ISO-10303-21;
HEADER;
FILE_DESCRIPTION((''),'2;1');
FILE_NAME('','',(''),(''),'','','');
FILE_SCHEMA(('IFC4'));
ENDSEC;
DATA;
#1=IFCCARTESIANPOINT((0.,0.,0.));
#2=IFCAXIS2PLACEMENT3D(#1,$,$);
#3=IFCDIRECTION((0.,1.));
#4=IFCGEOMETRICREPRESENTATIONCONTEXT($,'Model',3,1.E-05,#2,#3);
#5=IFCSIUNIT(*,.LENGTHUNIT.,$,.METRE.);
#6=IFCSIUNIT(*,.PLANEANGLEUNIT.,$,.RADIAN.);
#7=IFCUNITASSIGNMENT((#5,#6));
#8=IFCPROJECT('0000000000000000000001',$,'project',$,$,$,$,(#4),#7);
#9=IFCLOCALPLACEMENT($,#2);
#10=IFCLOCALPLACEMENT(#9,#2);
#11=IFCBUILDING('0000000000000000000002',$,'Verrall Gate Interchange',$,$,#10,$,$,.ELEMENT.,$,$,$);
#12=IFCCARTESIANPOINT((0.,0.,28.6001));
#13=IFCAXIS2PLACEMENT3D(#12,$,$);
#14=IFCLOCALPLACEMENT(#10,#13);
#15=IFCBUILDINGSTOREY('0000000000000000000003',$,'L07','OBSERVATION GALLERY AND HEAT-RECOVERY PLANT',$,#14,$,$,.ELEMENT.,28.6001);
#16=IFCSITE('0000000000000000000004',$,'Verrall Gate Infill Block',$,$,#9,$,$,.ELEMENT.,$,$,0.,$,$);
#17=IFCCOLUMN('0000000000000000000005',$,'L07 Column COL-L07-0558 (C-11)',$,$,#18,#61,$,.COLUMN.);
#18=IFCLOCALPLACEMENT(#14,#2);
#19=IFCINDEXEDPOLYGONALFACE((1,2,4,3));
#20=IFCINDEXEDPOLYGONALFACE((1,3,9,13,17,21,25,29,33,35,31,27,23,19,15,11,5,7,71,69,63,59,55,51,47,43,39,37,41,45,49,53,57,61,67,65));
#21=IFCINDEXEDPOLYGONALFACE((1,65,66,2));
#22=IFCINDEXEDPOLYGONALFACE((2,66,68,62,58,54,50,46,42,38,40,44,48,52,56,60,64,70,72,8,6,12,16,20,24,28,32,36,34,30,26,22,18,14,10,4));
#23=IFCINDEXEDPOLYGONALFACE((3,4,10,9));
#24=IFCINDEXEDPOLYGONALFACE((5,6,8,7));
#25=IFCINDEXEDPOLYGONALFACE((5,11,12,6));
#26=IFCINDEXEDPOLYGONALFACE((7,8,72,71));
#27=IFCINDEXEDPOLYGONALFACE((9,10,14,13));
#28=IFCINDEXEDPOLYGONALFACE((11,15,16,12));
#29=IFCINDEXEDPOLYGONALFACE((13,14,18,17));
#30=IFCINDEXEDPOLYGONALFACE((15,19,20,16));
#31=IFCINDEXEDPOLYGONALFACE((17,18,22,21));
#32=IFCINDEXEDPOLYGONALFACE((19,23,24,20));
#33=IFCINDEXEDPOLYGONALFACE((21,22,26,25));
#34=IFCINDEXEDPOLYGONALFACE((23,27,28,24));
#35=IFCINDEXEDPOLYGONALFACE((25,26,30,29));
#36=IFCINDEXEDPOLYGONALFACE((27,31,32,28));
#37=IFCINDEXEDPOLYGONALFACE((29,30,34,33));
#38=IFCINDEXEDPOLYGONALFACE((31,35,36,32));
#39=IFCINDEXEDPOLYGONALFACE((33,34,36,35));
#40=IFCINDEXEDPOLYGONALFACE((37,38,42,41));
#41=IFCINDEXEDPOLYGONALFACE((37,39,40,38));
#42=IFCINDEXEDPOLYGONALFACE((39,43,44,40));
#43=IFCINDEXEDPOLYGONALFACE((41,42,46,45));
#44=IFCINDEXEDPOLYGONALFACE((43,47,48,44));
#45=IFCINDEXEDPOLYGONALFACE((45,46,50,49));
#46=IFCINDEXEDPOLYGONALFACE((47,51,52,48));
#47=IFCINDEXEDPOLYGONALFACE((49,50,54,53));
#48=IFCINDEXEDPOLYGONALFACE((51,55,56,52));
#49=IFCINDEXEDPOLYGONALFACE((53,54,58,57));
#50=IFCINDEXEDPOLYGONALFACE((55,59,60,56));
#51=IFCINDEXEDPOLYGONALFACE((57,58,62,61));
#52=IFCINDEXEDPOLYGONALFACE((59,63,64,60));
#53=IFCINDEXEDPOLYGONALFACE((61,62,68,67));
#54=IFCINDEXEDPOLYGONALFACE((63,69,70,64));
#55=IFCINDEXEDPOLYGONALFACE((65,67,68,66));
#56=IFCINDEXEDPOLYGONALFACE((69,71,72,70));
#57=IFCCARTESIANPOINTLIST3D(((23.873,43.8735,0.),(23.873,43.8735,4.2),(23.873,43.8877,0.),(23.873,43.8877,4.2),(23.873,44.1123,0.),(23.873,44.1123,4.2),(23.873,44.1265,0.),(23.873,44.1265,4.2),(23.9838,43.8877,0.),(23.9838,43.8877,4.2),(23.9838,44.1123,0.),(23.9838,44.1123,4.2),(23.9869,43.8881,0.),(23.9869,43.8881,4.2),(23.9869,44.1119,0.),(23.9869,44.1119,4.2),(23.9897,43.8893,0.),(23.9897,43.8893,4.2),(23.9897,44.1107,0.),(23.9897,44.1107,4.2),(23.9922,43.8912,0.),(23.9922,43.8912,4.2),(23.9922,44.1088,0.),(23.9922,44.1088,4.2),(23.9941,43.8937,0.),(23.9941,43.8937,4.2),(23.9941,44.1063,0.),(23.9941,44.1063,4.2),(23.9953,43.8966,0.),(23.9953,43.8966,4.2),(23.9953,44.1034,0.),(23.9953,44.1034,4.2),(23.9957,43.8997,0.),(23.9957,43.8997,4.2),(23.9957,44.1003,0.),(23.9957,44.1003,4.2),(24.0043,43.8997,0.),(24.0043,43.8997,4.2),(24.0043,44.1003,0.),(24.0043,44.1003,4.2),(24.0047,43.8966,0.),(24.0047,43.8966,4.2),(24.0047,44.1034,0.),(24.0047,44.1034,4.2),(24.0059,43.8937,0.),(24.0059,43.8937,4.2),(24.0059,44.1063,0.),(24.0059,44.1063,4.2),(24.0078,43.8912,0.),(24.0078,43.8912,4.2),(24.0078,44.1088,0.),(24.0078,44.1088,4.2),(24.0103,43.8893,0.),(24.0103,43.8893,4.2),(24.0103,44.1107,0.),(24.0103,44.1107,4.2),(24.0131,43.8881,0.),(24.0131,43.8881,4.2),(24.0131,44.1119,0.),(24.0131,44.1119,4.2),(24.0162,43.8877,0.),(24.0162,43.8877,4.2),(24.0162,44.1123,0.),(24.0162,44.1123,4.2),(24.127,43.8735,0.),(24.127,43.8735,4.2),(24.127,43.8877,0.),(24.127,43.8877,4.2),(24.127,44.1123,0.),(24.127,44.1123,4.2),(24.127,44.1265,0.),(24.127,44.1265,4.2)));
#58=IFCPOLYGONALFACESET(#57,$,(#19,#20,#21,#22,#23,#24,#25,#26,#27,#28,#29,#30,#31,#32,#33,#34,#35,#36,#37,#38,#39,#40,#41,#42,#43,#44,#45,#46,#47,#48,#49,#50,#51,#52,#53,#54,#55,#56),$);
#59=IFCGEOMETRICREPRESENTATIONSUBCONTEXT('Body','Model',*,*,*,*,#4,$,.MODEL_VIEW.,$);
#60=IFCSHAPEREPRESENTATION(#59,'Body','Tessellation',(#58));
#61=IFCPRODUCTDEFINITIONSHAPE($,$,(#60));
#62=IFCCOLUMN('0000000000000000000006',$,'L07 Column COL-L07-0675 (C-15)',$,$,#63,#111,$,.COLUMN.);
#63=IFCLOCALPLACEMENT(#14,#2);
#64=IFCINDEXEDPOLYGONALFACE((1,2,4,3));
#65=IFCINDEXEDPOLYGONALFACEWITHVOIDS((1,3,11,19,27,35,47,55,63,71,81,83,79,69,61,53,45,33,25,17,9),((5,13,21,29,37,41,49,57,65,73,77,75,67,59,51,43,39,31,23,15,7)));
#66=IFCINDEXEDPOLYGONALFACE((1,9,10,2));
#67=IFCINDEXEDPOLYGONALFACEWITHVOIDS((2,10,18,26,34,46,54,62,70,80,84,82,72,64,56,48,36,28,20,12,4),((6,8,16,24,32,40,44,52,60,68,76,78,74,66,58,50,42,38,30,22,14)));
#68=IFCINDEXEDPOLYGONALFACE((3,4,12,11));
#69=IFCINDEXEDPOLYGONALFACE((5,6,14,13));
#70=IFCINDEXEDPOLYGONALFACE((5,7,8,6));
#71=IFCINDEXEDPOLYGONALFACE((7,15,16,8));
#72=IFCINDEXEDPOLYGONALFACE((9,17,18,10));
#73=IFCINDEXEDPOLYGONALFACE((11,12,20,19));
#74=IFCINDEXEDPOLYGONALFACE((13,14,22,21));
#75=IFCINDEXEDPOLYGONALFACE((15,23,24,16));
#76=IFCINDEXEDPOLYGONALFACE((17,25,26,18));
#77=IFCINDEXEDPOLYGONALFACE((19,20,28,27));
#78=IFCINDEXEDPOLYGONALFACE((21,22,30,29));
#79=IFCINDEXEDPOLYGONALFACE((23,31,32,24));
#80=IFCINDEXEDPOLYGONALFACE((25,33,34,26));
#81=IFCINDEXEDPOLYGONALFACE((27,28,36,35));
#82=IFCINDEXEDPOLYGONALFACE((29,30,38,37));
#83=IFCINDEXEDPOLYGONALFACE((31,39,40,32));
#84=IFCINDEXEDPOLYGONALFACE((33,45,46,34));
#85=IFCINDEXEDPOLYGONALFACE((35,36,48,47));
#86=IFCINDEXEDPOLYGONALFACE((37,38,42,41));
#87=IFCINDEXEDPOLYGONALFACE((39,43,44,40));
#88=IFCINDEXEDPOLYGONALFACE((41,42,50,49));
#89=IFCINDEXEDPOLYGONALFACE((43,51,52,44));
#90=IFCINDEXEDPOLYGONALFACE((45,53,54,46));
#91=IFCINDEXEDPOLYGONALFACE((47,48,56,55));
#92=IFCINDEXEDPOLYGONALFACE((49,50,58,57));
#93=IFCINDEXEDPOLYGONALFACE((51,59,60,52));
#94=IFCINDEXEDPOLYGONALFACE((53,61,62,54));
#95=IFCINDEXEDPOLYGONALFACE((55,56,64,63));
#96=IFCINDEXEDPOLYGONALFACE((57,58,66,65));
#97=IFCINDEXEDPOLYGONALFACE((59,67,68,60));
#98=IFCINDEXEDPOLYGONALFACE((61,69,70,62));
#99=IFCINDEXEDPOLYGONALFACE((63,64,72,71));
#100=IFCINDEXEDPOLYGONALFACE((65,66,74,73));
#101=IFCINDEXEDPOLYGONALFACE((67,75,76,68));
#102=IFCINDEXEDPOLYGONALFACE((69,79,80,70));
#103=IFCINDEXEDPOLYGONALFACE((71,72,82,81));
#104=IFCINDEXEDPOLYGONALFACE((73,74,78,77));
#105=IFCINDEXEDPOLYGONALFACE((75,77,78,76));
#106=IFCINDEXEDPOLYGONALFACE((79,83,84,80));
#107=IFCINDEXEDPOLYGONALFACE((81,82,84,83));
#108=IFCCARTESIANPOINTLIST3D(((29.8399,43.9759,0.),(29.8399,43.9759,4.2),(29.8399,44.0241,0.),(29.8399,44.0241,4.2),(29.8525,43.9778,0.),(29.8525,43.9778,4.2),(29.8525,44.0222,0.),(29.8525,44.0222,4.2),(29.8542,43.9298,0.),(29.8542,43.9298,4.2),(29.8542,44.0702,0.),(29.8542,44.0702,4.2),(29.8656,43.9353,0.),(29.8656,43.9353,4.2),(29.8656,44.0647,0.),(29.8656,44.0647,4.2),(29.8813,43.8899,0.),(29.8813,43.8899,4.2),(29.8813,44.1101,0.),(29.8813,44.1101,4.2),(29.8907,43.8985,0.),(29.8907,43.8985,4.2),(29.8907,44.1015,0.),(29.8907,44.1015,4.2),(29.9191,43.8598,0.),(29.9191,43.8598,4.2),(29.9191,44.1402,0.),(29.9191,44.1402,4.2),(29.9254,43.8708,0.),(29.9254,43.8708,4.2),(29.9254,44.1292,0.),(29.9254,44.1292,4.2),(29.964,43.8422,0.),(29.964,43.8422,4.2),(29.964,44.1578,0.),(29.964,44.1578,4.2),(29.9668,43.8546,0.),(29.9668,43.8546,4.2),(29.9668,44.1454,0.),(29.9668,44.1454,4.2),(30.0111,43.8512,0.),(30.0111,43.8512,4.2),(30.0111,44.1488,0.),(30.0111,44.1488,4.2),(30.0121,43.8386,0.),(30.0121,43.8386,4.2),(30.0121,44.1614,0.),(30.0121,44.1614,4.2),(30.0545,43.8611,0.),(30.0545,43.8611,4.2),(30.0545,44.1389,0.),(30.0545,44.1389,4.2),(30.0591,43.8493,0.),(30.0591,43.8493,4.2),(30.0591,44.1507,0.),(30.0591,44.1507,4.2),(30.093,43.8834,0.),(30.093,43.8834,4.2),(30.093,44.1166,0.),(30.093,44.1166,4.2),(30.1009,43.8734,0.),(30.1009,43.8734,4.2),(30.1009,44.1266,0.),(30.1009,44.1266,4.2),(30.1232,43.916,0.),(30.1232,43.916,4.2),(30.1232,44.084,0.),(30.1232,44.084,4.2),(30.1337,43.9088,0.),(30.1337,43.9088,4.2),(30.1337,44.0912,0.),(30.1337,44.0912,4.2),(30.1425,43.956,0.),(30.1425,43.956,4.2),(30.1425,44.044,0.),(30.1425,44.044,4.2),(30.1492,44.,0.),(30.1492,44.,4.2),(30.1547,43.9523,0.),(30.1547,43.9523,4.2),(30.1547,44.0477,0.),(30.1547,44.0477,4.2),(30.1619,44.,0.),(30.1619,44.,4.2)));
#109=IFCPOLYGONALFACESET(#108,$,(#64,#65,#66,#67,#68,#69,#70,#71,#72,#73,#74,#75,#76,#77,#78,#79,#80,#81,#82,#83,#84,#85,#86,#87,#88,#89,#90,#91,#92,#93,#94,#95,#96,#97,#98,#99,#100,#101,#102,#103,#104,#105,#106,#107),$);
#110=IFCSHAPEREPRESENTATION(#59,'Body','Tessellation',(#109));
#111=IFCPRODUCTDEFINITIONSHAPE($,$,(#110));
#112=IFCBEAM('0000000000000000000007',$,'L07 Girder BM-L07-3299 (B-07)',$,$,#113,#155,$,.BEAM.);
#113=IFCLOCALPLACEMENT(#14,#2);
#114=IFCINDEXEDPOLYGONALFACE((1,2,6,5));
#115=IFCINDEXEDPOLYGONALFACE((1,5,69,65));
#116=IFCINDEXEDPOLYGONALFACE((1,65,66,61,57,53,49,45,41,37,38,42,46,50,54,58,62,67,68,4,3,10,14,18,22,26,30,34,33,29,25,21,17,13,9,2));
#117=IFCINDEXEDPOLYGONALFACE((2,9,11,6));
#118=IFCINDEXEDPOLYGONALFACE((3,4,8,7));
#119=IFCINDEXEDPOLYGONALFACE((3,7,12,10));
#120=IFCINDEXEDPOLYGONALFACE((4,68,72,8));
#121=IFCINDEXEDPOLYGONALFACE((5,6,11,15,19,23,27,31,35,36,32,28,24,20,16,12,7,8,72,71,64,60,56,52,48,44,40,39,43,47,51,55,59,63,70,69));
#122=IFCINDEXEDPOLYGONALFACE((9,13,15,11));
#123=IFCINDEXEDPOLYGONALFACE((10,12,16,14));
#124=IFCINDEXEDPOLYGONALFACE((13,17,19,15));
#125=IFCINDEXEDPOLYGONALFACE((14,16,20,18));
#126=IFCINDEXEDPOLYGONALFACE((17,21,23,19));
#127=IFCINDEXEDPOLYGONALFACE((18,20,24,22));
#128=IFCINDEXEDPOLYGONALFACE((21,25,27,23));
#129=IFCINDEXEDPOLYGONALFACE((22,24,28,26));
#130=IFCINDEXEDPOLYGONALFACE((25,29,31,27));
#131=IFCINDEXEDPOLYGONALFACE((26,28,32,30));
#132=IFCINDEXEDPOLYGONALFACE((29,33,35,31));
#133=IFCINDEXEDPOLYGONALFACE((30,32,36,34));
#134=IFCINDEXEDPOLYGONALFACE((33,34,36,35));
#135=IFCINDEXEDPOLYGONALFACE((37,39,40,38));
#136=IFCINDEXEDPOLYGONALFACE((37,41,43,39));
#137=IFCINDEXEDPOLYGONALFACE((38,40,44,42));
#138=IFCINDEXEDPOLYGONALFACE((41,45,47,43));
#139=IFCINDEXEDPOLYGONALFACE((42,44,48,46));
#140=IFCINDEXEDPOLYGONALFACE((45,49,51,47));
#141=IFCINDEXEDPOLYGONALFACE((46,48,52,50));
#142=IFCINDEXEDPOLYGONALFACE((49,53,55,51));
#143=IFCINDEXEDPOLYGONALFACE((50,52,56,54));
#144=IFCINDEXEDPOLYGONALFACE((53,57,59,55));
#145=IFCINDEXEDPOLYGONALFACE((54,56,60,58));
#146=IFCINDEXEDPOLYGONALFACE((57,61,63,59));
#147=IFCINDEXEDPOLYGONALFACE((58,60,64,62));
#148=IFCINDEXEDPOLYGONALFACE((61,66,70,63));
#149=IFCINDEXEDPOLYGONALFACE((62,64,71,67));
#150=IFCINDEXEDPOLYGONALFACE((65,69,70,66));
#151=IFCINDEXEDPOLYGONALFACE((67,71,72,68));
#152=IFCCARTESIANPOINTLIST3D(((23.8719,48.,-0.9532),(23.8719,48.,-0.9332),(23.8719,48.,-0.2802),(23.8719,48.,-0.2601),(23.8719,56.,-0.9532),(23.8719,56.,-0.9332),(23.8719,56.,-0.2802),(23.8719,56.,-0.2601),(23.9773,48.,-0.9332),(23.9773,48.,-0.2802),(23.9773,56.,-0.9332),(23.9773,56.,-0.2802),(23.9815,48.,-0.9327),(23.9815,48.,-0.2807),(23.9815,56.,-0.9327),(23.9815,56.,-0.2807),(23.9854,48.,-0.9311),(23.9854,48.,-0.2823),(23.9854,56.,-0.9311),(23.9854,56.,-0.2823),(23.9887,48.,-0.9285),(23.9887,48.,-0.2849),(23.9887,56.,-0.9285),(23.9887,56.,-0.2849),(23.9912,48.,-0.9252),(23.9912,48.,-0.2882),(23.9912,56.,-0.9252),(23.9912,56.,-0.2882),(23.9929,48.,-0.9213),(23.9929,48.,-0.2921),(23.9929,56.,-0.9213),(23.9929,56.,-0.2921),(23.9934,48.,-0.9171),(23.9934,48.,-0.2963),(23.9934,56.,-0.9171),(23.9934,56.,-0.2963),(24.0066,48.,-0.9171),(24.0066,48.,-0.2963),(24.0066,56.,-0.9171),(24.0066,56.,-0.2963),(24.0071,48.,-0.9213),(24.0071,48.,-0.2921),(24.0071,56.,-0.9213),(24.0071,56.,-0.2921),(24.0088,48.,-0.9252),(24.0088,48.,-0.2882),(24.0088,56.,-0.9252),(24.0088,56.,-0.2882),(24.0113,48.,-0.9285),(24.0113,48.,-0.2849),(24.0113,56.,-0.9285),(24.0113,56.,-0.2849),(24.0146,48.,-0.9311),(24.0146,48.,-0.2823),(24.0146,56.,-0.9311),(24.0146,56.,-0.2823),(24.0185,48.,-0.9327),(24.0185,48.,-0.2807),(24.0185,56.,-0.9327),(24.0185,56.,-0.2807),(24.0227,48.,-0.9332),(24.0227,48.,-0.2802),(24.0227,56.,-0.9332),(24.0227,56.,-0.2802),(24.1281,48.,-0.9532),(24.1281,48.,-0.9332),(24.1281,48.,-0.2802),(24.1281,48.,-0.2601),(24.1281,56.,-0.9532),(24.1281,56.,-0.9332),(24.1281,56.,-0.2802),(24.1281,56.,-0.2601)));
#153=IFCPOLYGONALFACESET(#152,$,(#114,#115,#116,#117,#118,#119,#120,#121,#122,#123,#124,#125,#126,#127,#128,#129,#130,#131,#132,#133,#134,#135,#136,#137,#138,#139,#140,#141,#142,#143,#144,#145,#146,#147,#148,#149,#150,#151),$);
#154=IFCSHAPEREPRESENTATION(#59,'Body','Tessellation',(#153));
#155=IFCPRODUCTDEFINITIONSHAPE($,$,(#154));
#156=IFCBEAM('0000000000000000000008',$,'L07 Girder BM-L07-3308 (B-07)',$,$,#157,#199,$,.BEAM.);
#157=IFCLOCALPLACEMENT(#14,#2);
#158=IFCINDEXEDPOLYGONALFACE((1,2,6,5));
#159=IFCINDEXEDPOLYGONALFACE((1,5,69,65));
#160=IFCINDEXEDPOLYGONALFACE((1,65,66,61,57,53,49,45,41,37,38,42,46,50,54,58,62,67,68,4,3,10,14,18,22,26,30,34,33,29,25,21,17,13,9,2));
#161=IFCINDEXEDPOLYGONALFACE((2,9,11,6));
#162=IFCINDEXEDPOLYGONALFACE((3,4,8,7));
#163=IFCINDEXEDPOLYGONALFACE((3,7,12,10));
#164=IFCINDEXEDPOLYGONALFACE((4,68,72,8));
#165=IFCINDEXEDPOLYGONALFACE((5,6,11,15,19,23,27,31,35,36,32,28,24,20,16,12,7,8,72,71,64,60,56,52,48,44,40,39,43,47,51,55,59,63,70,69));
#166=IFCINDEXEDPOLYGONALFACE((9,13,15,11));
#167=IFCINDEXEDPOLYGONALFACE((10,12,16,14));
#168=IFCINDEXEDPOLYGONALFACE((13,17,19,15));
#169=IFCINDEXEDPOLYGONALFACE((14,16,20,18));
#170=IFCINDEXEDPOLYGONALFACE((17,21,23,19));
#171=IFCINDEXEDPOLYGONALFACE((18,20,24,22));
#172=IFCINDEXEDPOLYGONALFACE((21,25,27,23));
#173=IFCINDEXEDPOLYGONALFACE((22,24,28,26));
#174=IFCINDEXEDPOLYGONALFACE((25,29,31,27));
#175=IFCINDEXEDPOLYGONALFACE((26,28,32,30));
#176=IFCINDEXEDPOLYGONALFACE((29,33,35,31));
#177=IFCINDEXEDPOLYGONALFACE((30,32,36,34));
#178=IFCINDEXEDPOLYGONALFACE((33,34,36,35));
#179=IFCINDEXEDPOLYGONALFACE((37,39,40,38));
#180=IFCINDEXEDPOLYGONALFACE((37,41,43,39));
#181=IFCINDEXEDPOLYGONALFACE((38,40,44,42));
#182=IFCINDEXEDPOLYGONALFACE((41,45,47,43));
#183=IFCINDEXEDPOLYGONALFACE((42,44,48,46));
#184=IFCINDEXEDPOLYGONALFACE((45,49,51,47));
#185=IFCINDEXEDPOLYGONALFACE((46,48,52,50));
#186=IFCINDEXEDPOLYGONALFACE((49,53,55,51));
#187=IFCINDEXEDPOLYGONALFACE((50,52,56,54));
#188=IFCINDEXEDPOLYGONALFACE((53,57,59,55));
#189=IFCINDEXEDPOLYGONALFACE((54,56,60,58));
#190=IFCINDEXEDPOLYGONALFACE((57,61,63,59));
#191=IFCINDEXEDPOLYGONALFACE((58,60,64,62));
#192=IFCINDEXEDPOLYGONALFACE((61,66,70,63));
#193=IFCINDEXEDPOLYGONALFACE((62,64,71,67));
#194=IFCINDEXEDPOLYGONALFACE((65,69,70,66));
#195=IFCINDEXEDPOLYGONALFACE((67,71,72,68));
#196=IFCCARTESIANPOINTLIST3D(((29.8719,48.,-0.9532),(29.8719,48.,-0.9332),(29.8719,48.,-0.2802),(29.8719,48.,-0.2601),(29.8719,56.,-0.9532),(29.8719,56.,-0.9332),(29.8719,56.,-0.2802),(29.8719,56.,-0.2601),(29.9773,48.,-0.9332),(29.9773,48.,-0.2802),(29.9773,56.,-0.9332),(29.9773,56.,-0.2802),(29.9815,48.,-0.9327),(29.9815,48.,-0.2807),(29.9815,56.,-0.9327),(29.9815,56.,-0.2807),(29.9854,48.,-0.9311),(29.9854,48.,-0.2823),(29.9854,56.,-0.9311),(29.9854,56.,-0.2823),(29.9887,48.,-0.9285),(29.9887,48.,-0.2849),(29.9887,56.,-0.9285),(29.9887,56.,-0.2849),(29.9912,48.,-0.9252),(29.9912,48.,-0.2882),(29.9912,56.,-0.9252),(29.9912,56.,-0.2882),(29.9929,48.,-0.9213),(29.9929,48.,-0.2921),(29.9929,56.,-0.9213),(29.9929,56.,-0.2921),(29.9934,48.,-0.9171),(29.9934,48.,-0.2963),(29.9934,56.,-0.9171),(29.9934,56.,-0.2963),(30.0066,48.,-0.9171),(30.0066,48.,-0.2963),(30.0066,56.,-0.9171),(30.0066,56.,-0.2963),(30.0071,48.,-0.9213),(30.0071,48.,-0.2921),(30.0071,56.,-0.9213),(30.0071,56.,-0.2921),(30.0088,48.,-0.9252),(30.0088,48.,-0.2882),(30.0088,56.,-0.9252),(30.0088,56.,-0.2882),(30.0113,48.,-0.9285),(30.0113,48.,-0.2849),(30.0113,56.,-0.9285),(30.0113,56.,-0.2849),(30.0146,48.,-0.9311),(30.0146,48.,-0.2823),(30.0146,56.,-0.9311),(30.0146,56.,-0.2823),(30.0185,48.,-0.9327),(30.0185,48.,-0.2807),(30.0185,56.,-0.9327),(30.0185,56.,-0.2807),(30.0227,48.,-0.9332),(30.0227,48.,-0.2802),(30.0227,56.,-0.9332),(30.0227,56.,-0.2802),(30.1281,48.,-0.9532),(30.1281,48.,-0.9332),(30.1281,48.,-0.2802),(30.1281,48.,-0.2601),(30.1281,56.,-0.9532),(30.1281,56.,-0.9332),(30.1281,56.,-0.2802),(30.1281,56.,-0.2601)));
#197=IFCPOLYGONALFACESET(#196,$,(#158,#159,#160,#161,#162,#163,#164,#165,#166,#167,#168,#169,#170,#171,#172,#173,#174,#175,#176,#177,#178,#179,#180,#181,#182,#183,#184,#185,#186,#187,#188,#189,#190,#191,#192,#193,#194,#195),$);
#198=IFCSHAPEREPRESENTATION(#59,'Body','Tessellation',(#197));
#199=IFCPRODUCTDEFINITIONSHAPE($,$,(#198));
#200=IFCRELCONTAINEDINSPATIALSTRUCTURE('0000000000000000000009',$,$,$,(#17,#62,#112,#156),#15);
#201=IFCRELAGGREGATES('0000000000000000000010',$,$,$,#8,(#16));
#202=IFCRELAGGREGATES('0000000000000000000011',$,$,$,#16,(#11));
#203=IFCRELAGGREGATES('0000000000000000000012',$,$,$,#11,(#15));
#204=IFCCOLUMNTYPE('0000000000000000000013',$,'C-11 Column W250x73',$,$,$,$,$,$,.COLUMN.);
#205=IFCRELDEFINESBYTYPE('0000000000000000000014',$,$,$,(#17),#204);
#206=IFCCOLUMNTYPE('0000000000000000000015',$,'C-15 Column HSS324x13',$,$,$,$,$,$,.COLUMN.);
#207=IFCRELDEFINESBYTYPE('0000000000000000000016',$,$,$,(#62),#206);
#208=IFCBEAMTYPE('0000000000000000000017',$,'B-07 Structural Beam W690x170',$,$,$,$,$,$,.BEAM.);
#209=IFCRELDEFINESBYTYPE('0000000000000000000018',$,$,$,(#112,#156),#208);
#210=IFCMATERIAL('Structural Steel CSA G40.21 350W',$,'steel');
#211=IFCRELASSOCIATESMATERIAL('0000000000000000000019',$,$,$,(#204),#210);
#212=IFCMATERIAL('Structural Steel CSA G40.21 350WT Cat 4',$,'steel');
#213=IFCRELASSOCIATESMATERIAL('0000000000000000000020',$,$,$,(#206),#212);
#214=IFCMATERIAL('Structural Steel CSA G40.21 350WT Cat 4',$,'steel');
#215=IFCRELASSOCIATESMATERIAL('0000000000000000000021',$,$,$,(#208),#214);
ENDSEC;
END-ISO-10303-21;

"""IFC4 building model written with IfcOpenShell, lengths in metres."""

from ifc_helpers import new_model, si_unit, direction, frame, origin, origin_2d, place, context, subcontext, project, spatial, hollow_circle, i_section, extrude, material, material_profile, profile_set, type_object, element, save


model = new_model("IFC4")

# Units and contexts
model_context = context("Model", 3, precision=1e-05, world=origin(), true_north=direction((0.0, 1.0)))
body_context = subcontext(model_context, "Body", "Model", "MODEL_VIEW")
ifc_project = project(units=[si_unit("LENGTHUNIT", "METRE"), si_unit("PLANEANGLEUNIT", "RADIAN")], contexts=[model_context])

# Site, building, storey
site_placement = place(None, origin())
site = spatial("IfcSite", under=ifc_project, at=site_placement, Name="Verrall Gate Infill Block", CompositionType="ELEMENT", RefElevation=0.0)
building_placement = place(site_placement, origin())
building = spatial("IfcBuilding", under=site, at=building_placement, Name="Verrall Gate Interchange", CompositionType="ELEMENT")
storey_placement = place(building_placement, frame((0.0, 0.0, 28.6001)))
storey = spatial("IfcBuildingStorey", under=building, at=storey_placement, Name="L07", Description="OBSERVATION GALLERY AND HEAT-RECOVERY PLANT", CompositionType="ELEMENT", Elevation=28.6001)

# Columns
ifc_material_1 = material(Name="Structural Steel CSA G40.21 350W", Category="steel")
ifc_material_profile_1 = material_profile(ifc_material_1, i_section(OverallWidth=0.2539, OverallDepth=0.2529, WebThickness=0.0085, FlangeThickness=0.0142, FilletRadius=0.012, at=origin_2d()), Name="W250x73")
ifc_profile_set_1 = profile_set([ifc_material_profile_1], Name="Structural Steel CSA G40.21 350W")
column_type_1 = type_object("IfcColumnType", Name="C-11 Column W250x73", PredefinedType="COLUMN", material=ifc_profile_set_1)
column_1_placement = place(storey_placement, frame((24.0, 44.0, 0.0), z_axis=(0.0, 0.0, 1.0), x_axis=(1.0, 0.0, 0.0)))
element("IfcColumn", 1, at=column_1_placement, inside=storey, type_object=column_type_1, Name="L07 Column COL-L07-0558 (C-11)", PredefinedType="COLUMN", context=body_context, shape_type="SweptSolid", body=[
    extrude(i_section(OverallWidth=0.2539, OverallDepth=0.2529, WebThickness=0.0085, FlangeThickness=0.0142, FilletRadius=0.012, at=origin_2d()), origin(), (0.0, 0.0, 1.0), 4.2),
])
ifc_material_2 = material(Name="Structural Steel CSA G40.21 350WT Cat 4", Category="steel")
ifc_material_profile_2 = material_profile(ifc_material_2, hollow_circle(Radius=0.1619, WallThickness=0.0127, at=origin_2d()), Name="HSS324x13")
ifc_profile_set_2 = profile_set([ifc_material_profile_2], Name="Structural Steel CSA G40.21 350WT Cat 4")
column_type_2 = type_object("IfcColumnType", Name="C-15 Column HSS324x13", PredefinedType="COLUMN", material=ifc_profile_set_2)
column_2_placement = place(storey_placement, frame((30.0, 44.0, 0.0), z_axis=(0.0, 0.0, 1.0), x_axis=(1.0, 0.0, 0.0)))
element("IfcColumn", 2, at=column_2_placement, inside=storey, type_object=column_type_2, Name="L07 Column COL-L07-0675 (C-15)", PredefinedType="COLUMN", context=body_context, shape_type="SweptSolid", body=[
    extrude(hollow_circle(Radius=0.1619, WallThickness=0.0127, at=origin_2d()), origin(), (0.0, 0.0, 1.0), 4.2),
])

# Beams
ifc_material_3 = material(Name="Structural Steel CSA G40.21 350WT Cat 4", Category="steel")
ifc_material_profile_3 = material_profile(ifc_material_3, i_section(OverallWidth=0.2561, OverallDepth=0.6931, WebThickness=0.0132, FlangeThickness=0.02, FilletRadius=0.0161, at=origin_2d()), Name="W690x170")
ifc_profile_set_3 = profile_set([ifc_material_profile_3], Name="Structural Steel CSA G40.21 350WT Cat 4")
beam_type_1 = type_object("IfcBeamType", Name="B-07 Structural Beam W690x170", PredefinedType="BEAM", material=ifc_profile_set_3)
for number, where, z_axis, x_axis, name in (
    (3, (24.0, 48.0, -0.6067), (0.0, 1.0, 0.0), (-1.0, 0.0, 0.0), "L07 Girder BM-L07-3299 (B-07)"),
    (4, (30.0, 48.0, -0.6067), (0.0, 1.0, 0.0), (-1.0, 0.0, 0.0), "L07 Girder BM-L07-3308 (B-07)"),
):
    element("IfcBeam", number, at=place(storey_placement, frame(where, z_axis=z_axis, x_axis=x_axis)), inside=storey, type_object=beam_type_1, Name=name, PredefinedType="BEAM", context=body_context, shape_type="SweptSolid", body=[
        extrude(i_section(OverallWidth=0.2561, OverallDepth=0.6931, WebThickness=0.0132, FlangeThickness=0.02, FilletRadius=0.0161, at=origin_2d()), origin(), (0.0, 0.0, 1.0), 8.0),
    ])

save(model, "model.ifc")
